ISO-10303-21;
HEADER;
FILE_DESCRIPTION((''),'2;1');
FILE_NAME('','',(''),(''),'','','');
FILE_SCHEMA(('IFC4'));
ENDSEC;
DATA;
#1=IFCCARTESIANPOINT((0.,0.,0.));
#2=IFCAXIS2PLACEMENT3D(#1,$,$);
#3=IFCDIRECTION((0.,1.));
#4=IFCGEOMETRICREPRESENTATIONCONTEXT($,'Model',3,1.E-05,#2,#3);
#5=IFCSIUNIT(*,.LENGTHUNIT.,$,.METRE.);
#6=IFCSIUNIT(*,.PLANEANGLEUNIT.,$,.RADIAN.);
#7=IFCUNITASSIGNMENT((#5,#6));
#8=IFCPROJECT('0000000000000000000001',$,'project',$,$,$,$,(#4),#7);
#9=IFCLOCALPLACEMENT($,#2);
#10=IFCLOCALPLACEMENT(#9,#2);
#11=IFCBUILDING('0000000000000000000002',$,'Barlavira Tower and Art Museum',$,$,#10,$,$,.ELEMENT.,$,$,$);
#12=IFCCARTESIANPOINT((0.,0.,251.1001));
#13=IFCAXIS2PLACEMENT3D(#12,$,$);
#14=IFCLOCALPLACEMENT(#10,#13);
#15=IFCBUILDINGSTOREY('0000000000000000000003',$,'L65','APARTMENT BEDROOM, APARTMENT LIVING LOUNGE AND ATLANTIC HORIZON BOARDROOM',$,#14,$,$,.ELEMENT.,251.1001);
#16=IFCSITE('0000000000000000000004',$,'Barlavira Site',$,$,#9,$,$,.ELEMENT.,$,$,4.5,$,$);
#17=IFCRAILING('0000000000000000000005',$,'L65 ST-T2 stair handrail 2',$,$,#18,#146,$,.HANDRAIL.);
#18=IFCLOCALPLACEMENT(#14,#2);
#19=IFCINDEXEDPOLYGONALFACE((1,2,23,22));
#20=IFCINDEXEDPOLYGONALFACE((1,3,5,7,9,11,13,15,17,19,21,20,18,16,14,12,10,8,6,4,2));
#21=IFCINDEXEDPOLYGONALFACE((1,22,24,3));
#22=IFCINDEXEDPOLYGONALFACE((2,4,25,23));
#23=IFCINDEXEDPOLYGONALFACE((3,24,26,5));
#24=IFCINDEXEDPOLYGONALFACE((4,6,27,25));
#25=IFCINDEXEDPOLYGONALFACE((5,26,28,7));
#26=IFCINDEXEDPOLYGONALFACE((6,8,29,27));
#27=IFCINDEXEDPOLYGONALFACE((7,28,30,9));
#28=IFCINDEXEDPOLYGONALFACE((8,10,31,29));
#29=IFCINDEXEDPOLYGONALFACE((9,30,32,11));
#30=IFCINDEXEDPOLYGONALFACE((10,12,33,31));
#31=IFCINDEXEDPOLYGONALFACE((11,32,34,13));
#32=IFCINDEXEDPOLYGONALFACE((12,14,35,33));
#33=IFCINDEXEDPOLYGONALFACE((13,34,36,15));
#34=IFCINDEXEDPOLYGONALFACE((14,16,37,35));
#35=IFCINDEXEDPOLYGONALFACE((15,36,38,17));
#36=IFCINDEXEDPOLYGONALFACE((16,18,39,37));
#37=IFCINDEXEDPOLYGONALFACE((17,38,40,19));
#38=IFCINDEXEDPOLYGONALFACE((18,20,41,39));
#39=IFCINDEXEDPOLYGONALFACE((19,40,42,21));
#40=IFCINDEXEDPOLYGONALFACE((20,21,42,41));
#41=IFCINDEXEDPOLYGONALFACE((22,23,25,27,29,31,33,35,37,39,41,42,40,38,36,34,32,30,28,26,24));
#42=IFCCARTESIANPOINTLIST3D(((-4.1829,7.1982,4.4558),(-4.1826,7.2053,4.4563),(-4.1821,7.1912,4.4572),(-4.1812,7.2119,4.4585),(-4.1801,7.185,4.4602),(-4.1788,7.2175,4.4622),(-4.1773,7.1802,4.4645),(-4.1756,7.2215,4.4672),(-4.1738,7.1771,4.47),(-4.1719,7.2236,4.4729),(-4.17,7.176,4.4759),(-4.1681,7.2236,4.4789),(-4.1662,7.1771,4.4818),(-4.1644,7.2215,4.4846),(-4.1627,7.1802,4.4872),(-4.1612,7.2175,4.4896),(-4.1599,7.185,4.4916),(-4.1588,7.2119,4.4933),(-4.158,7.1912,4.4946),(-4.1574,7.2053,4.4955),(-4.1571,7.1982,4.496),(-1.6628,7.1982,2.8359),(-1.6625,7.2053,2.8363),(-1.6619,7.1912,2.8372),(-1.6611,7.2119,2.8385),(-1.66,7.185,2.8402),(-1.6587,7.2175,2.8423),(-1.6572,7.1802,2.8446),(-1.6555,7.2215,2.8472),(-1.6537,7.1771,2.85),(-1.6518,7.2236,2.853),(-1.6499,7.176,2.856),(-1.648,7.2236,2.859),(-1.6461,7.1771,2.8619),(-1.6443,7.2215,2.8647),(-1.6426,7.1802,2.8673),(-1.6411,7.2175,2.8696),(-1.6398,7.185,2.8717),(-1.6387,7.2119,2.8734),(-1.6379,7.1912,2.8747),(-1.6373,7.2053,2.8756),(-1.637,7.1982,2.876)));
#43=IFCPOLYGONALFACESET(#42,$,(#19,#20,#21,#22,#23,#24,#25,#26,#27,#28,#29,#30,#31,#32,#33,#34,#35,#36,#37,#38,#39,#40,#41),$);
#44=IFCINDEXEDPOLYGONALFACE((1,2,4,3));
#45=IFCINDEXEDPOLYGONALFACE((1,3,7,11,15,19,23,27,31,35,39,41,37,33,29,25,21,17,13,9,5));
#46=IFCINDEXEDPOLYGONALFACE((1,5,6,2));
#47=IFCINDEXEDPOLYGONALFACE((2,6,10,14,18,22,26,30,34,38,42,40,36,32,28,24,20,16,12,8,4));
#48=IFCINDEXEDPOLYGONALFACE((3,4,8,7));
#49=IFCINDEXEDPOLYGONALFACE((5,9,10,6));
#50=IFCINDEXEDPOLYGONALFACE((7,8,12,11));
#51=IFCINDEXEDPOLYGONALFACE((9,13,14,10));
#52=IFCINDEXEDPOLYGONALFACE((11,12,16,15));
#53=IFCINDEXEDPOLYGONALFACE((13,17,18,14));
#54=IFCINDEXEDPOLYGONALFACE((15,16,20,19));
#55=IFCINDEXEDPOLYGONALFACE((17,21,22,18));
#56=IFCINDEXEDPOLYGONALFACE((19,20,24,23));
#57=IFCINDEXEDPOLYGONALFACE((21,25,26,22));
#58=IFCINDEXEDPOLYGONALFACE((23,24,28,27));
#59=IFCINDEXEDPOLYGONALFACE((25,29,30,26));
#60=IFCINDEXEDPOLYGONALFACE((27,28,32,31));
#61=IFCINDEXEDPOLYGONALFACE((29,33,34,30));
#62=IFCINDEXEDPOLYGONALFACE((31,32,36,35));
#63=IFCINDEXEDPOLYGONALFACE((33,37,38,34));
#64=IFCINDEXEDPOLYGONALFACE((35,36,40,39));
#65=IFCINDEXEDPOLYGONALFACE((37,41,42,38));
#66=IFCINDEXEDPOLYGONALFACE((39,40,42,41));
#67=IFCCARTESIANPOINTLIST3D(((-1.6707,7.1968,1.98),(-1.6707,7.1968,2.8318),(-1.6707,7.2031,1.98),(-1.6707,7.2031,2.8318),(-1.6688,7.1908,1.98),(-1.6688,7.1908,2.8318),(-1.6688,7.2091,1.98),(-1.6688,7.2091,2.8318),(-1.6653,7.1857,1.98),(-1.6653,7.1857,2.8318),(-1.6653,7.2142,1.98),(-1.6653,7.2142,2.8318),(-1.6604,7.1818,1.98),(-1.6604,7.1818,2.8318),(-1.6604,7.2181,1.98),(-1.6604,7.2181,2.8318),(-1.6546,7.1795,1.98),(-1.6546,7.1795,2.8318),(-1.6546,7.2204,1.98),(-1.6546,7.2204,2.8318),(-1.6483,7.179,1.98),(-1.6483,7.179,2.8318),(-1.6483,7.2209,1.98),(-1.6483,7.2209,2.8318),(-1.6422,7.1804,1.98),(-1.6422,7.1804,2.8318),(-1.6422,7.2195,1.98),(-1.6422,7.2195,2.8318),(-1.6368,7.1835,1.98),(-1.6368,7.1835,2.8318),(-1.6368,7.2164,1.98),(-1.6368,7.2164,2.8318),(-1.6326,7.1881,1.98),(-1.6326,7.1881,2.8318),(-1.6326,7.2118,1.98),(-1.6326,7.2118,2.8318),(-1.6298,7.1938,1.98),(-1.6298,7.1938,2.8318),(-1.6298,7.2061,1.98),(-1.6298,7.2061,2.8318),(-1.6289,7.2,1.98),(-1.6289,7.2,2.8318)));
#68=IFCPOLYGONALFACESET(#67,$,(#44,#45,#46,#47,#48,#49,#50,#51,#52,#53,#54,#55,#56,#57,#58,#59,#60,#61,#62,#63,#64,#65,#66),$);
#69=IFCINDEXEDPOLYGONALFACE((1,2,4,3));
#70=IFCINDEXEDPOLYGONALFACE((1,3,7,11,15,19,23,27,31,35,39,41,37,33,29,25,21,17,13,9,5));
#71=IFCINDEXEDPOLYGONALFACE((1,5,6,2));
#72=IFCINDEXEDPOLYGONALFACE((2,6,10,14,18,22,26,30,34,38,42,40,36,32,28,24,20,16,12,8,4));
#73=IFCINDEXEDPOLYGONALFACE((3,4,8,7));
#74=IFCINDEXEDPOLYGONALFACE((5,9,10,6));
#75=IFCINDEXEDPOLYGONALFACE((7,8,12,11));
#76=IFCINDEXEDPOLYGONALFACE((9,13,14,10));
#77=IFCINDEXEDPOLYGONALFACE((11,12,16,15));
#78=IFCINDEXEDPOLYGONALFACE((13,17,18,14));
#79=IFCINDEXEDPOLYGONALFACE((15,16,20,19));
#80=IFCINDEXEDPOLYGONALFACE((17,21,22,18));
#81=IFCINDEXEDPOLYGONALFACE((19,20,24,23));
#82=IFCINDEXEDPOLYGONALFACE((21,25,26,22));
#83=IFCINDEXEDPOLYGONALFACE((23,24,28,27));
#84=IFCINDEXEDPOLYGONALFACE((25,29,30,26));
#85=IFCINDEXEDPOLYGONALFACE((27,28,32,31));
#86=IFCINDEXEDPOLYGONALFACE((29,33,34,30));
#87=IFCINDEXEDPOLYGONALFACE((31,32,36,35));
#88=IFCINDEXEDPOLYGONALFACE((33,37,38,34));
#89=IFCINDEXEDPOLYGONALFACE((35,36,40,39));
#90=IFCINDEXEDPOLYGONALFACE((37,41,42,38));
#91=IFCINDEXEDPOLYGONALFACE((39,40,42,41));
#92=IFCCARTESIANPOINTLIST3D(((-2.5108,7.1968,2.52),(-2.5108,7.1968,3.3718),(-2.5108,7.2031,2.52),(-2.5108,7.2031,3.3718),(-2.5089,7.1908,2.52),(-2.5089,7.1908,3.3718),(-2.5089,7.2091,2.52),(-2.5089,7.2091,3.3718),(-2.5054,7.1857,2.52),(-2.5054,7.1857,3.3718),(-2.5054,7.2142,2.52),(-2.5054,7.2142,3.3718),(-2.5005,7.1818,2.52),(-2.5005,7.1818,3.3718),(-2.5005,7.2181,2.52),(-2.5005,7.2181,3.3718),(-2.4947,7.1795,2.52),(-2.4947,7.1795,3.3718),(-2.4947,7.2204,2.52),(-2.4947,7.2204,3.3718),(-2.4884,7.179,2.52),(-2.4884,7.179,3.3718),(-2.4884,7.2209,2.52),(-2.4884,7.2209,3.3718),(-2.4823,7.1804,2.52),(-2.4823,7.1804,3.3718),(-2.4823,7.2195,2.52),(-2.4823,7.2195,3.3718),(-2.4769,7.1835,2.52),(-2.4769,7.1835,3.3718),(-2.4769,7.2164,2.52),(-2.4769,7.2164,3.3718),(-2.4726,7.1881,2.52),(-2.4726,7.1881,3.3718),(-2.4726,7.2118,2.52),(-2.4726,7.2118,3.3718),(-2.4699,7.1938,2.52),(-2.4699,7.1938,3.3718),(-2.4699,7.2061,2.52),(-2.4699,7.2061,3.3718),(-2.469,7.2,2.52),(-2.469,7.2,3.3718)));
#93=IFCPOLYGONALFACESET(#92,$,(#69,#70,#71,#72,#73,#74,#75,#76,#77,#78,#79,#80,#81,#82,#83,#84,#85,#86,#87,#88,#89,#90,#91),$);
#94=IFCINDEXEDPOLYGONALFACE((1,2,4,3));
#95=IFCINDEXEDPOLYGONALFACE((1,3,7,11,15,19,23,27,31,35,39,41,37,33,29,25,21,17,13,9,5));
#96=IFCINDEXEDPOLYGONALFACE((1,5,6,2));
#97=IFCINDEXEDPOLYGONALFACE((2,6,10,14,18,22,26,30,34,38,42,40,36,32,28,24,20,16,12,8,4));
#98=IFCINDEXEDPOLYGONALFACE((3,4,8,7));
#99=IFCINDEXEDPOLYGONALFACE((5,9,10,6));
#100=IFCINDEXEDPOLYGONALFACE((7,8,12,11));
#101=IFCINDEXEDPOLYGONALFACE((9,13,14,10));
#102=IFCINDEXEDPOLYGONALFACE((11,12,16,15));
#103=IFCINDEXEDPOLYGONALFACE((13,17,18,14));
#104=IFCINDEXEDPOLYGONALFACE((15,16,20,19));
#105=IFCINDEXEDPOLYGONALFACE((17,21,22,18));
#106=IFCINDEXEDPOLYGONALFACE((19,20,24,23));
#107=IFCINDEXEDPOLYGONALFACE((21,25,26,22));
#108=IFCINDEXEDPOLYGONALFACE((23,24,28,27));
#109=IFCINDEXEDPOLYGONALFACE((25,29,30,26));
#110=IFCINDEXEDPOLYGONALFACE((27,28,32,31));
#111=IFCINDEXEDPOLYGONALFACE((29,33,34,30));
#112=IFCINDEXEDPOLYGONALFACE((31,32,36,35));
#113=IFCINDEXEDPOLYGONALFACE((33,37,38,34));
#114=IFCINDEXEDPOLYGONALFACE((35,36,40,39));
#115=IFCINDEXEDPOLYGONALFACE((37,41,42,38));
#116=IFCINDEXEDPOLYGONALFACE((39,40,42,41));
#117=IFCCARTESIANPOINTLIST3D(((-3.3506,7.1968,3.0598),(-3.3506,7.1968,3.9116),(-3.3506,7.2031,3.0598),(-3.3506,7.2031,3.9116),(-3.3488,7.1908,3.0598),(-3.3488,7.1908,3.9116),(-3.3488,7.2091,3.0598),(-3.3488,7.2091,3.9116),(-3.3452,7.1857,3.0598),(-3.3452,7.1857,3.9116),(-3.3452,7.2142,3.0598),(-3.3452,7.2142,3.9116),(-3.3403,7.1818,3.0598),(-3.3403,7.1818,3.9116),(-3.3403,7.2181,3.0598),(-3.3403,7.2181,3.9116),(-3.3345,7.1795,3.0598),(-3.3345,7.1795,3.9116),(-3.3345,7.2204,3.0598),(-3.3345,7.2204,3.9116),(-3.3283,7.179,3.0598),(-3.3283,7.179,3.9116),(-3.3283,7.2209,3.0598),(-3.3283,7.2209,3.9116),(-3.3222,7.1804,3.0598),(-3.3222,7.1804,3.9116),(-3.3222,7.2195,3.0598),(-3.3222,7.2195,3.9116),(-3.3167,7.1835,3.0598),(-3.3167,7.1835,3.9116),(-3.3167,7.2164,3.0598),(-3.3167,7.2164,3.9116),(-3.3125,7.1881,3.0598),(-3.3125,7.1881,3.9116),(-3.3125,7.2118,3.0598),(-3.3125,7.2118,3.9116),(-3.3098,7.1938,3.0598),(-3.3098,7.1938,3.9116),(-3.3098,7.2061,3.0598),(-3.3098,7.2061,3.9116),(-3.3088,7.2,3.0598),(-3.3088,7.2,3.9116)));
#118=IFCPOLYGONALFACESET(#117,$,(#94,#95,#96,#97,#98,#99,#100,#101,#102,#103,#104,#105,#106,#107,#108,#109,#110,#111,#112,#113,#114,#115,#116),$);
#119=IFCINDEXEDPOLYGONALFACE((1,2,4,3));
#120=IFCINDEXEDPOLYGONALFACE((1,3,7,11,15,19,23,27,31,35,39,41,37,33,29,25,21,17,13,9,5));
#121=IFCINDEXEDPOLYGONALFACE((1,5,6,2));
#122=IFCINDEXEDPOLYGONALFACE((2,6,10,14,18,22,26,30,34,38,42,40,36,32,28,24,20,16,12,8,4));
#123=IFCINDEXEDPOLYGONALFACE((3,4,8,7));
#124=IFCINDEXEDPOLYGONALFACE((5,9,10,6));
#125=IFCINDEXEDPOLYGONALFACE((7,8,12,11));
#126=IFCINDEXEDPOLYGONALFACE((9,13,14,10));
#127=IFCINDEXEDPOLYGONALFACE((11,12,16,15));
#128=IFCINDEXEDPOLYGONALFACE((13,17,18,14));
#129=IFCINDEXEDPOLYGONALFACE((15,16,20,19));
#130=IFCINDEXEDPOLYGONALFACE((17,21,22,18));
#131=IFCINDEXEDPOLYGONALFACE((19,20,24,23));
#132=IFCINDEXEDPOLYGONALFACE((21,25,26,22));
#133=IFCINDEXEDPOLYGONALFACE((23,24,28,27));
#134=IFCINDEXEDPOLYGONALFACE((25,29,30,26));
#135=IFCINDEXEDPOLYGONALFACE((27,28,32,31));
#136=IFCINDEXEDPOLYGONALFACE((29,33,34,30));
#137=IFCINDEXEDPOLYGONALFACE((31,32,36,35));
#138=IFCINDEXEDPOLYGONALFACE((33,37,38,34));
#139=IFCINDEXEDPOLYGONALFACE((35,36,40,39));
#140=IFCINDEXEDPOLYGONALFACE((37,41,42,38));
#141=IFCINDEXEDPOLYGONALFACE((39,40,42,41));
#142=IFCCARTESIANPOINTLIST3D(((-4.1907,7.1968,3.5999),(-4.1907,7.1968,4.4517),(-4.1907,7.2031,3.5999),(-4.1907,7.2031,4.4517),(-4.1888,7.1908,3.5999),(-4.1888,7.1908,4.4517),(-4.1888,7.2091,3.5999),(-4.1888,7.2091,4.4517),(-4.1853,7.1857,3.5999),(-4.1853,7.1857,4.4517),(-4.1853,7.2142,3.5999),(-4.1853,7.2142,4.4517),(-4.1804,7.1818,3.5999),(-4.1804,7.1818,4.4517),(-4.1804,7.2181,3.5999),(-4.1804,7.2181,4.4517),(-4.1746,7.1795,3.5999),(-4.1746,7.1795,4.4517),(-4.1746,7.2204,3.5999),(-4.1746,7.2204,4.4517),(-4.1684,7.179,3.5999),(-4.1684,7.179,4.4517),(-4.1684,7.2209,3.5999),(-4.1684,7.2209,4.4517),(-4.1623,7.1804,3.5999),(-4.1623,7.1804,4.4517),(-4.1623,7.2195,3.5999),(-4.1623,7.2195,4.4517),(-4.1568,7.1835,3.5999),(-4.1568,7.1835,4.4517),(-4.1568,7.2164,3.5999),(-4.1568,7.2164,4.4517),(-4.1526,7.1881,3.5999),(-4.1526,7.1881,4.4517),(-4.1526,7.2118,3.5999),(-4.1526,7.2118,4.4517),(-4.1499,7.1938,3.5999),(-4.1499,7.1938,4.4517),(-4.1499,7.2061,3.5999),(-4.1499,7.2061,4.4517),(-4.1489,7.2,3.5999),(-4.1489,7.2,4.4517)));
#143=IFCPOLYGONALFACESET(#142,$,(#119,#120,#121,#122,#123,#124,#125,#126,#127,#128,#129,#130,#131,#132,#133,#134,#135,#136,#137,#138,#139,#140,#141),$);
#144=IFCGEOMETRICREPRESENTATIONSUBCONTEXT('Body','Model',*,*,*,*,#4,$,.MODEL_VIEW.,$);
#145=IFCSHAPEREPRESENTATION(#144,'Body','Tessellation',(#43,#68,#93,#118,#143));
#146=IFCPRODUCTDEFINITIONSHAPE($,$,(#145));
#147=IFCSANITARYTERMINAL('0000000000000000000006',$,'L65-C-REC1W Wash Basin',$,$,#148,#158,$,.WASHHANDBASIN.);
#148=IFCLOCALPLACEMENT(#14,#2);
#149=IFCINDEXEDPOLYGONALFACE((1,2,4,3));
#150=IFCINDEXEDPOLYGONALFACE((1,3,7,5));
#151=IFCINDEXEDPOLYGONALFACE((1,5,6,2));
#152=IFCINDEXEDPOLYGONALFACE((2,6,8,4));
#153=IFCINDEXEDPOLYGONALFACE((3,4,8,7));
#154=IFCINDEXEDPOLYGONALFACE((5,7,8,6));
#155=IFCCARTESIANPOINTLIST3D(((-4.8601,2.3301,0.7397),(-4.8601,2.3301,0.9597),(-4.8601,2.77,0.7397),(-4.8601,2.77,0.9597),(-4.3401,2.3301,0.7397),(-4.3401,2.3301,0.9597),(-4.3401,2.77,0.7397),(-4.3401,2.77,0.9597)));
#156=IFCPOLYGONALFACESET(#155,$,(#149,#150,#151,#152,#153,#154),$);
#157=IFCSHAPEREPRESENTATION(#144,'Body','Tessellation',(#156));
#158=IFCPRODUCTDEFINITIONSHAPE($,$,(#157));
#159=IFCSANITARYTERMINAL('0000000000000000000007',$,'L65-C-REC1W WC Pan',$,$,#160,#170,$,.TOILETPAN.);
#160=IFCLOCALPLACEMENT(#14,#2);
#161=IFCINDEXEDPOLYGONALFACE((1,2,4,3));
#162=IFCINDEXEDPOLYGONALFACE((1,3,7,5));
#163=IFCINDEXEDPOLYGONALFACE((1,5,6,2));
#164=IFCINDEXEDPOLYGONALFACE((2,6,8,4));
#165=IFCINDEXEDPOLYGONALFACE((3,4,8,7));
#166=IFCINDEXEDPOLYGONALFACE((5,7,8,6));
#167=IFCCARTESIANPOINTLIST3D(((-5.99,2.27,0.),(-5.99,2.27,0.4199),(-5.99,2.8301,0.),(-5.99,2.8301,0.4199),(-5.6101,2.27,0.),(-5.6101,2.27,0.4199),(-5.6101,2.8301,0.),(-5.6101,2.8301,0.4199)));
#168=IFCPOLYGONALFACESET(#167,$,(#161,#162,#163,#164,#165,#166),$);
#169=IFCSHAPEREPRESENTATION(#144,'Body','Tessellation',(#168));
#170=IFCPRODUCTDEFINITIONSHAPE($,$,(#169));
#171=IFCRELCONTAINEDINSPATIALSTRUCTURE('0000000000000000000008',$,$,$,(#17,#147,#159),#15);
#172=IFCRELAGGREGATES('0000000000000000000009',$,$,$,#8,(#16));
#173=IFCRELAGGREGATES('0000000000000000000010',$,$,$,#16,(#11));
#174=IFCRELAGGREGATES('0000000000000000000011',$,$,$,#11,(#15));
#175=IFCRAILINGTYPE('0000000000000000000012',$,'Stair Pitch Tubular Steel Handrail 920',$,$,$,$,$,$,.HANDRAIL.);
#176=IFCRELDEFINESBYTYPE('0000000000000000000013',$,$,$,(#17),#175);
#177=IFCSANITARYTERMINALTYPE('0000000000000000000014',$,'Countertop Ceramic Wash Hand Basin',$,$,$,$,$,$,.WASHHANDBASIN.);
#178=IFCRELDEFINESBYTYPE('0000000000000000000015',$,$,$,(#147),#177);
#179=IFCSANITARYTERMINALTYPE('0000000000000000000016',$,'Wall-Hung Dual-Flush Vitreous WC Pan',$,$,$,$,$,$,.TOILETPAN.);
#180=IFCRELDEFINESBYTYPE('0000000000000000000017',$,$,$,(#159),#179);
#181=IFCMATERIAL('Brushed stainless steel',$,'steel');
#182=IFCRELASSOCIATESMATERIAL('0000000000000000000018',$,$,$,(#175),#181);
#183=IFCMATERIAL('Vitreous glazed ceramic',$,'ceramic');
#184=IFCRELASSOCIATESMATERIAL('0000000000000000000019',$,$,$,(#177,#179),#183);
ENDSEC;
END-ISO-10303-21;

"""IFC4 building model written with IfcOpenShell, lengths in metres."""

from ifc_helpers import new_model, si_unit, direction, frame, origin, origin_2d, place, context, subcontext, project, spatial, rectangle, circle, extrude, material, type_object, element, save


model = new_model("IFC4")

# Units and contexts
model_context = context("Model", 3, precision=1e-05, world=origin(), true_north=direction((0.0, 1.0)))
body_context = subcontext(model_context, "Body", "Model", "MODEL_VIEW")
ifc_project = project(units=[si_unit("LENGTHUNIT", "METRE"), si_unit("PLANEANGLEUNIT", "RADIAN")], contexts=[model_context])

# Site, building, storey
site_placement = place(None, origin())
site = spatial("IfcSite", under=ifc_project, at=site_placement, Name="Barlavira Site", CompositionType="ELEMENT", RefElevation=4.5)
building_placement = place(site_placement, origin())
building = spatial("IfcBuilding", under=site, at=building_placement, Name="Barlavira Tower and Art Museum", CompositionType="ELEMENT")
storey_placement = place(building_placement, frame((0.0, 0.0, 251.1001)))
storey = spatial("IfcBuildingStorey", under=building, at=storey_placement, Name="L65", Description="APARTMENT BEDROOM, APARTMENT LIVING LOUNGE AND ATLANTIC HORIZON BOARDROOM", CompositionType="ELEMENT", Elevation=251.1001)

# Shared definitions
ifc_material_1 = material(Name="Brushed stainless steel", Category="steel")

# Railing
railing_type_1 = type_object("IfcRailingType", Name="Stair Pitch Tubular Steel Handrail 920", PredefinedType="HANDRAIL", material=ifc_material_1)
railing_1_placement = place(storey_placement, frame((-1.6499, 7.2, 1.98)))
element("IfcRailing", 1, at=railing_1_placement, inside=storey, type_object=railing_type_1, Name="L65 ST-T2 stair handrail 2", PredefinedType="HANDRAIL", context=body_context, shape_type="SweptSolid", body=[
    extrude(circle(Radius=0.0239, at=origin_2d()), frame((0.0, 0.0, 0.876), z_axis=(-0.8412, 0.0, 0.540725), x_axis=(0.0, -1.0, 0.0)), (0.0, 0.0, 1.0), 2.9958),
    extrude(circle(Radius=0.021, at=origin_2d()), origin(), (0.0, 0.0, 1.0), 0.8518),
    extrude(circle(Radius=0.021, at=origin_2d()), frame((-0.8401, 0.0, 0.54)), (0.0, 0.0, 1.0), 0.8518),
    extrude(circle(Radius=0.021, at=origin_2d()), frame((-1.6799, 0.0, 1.0798)), (0.0, 0.0, 1.0), 0.8518),
    extrude(circle(Radius=0.021, at=origin_2d()), frame((-2.52, 0.0, 1.6199)), (0.0, 0.0, 1.0), 0.8518),
])

# Sanitary terminals
ifc_material_2 = material(Name="Vitreous glazed ceramic", Category="ceramic")
sanitary_terminal_type_1 = type_object("IfcSanitaryTerminalType", Name="Countertop Ceramic Wash Hand Basin", PredefinedType="WASHHANDBASIN", material=ifc_material_2)
sanitary_terminal_1_placement = place(storey_placement, frame((-4.6001, 2.55, 0.7397), z_axis=(0.0, 0.0, 1.0), x_axis=(1.0, 0.0, 0.0)))
element("IfcSanitaryTerminal", 2, at=sanitary_terminal_1_placement, inside=storey, type_object=sanitary_terminal_type_1, Name="L65-C-REC1W Wash Basin", PredefinedType="WASHHANDBASIN", context=body_context, shape_type="SweptSolid", body=[
    extrude(rectangle(XDim=0.52, YDim=0.4399, at=origin_2d()), origin(), (0.0, 0.0, 1.0), 0.22),
])
sanitary_terminal_type_2 = type_object("IfcSanitaryTerminalType", Name="Wall-Hung Dual-Flush Vitreous WC Pan", PredefinedType="TOILETPAN", material=ifc_material_2)
sanitary_terminal_2_placement = place(storey_placement, frame((-5.8, 2.55, 0.0), z_axis=(0.0, 0.0, 1.0), x_axis=(1.0, 0.0, 0.0)))
element("IfcSanitaryTerminal", 3, at=sanitary_terminal_2_placement, inside=storey, type_object=sanitary_terminal_type_2, Name="L65-C-REC1W WC Pan", PredefinedType="TOILETPAN", context=body_context, shape_type="SweptSolid", body=[
    extrude(rectangle(XDim=0.3799, YDim=0.5601, at=origin_2d()), origin(), (0.0, 0.0, 1.0), 0.4199),
])

save(model, "model.ifc")
